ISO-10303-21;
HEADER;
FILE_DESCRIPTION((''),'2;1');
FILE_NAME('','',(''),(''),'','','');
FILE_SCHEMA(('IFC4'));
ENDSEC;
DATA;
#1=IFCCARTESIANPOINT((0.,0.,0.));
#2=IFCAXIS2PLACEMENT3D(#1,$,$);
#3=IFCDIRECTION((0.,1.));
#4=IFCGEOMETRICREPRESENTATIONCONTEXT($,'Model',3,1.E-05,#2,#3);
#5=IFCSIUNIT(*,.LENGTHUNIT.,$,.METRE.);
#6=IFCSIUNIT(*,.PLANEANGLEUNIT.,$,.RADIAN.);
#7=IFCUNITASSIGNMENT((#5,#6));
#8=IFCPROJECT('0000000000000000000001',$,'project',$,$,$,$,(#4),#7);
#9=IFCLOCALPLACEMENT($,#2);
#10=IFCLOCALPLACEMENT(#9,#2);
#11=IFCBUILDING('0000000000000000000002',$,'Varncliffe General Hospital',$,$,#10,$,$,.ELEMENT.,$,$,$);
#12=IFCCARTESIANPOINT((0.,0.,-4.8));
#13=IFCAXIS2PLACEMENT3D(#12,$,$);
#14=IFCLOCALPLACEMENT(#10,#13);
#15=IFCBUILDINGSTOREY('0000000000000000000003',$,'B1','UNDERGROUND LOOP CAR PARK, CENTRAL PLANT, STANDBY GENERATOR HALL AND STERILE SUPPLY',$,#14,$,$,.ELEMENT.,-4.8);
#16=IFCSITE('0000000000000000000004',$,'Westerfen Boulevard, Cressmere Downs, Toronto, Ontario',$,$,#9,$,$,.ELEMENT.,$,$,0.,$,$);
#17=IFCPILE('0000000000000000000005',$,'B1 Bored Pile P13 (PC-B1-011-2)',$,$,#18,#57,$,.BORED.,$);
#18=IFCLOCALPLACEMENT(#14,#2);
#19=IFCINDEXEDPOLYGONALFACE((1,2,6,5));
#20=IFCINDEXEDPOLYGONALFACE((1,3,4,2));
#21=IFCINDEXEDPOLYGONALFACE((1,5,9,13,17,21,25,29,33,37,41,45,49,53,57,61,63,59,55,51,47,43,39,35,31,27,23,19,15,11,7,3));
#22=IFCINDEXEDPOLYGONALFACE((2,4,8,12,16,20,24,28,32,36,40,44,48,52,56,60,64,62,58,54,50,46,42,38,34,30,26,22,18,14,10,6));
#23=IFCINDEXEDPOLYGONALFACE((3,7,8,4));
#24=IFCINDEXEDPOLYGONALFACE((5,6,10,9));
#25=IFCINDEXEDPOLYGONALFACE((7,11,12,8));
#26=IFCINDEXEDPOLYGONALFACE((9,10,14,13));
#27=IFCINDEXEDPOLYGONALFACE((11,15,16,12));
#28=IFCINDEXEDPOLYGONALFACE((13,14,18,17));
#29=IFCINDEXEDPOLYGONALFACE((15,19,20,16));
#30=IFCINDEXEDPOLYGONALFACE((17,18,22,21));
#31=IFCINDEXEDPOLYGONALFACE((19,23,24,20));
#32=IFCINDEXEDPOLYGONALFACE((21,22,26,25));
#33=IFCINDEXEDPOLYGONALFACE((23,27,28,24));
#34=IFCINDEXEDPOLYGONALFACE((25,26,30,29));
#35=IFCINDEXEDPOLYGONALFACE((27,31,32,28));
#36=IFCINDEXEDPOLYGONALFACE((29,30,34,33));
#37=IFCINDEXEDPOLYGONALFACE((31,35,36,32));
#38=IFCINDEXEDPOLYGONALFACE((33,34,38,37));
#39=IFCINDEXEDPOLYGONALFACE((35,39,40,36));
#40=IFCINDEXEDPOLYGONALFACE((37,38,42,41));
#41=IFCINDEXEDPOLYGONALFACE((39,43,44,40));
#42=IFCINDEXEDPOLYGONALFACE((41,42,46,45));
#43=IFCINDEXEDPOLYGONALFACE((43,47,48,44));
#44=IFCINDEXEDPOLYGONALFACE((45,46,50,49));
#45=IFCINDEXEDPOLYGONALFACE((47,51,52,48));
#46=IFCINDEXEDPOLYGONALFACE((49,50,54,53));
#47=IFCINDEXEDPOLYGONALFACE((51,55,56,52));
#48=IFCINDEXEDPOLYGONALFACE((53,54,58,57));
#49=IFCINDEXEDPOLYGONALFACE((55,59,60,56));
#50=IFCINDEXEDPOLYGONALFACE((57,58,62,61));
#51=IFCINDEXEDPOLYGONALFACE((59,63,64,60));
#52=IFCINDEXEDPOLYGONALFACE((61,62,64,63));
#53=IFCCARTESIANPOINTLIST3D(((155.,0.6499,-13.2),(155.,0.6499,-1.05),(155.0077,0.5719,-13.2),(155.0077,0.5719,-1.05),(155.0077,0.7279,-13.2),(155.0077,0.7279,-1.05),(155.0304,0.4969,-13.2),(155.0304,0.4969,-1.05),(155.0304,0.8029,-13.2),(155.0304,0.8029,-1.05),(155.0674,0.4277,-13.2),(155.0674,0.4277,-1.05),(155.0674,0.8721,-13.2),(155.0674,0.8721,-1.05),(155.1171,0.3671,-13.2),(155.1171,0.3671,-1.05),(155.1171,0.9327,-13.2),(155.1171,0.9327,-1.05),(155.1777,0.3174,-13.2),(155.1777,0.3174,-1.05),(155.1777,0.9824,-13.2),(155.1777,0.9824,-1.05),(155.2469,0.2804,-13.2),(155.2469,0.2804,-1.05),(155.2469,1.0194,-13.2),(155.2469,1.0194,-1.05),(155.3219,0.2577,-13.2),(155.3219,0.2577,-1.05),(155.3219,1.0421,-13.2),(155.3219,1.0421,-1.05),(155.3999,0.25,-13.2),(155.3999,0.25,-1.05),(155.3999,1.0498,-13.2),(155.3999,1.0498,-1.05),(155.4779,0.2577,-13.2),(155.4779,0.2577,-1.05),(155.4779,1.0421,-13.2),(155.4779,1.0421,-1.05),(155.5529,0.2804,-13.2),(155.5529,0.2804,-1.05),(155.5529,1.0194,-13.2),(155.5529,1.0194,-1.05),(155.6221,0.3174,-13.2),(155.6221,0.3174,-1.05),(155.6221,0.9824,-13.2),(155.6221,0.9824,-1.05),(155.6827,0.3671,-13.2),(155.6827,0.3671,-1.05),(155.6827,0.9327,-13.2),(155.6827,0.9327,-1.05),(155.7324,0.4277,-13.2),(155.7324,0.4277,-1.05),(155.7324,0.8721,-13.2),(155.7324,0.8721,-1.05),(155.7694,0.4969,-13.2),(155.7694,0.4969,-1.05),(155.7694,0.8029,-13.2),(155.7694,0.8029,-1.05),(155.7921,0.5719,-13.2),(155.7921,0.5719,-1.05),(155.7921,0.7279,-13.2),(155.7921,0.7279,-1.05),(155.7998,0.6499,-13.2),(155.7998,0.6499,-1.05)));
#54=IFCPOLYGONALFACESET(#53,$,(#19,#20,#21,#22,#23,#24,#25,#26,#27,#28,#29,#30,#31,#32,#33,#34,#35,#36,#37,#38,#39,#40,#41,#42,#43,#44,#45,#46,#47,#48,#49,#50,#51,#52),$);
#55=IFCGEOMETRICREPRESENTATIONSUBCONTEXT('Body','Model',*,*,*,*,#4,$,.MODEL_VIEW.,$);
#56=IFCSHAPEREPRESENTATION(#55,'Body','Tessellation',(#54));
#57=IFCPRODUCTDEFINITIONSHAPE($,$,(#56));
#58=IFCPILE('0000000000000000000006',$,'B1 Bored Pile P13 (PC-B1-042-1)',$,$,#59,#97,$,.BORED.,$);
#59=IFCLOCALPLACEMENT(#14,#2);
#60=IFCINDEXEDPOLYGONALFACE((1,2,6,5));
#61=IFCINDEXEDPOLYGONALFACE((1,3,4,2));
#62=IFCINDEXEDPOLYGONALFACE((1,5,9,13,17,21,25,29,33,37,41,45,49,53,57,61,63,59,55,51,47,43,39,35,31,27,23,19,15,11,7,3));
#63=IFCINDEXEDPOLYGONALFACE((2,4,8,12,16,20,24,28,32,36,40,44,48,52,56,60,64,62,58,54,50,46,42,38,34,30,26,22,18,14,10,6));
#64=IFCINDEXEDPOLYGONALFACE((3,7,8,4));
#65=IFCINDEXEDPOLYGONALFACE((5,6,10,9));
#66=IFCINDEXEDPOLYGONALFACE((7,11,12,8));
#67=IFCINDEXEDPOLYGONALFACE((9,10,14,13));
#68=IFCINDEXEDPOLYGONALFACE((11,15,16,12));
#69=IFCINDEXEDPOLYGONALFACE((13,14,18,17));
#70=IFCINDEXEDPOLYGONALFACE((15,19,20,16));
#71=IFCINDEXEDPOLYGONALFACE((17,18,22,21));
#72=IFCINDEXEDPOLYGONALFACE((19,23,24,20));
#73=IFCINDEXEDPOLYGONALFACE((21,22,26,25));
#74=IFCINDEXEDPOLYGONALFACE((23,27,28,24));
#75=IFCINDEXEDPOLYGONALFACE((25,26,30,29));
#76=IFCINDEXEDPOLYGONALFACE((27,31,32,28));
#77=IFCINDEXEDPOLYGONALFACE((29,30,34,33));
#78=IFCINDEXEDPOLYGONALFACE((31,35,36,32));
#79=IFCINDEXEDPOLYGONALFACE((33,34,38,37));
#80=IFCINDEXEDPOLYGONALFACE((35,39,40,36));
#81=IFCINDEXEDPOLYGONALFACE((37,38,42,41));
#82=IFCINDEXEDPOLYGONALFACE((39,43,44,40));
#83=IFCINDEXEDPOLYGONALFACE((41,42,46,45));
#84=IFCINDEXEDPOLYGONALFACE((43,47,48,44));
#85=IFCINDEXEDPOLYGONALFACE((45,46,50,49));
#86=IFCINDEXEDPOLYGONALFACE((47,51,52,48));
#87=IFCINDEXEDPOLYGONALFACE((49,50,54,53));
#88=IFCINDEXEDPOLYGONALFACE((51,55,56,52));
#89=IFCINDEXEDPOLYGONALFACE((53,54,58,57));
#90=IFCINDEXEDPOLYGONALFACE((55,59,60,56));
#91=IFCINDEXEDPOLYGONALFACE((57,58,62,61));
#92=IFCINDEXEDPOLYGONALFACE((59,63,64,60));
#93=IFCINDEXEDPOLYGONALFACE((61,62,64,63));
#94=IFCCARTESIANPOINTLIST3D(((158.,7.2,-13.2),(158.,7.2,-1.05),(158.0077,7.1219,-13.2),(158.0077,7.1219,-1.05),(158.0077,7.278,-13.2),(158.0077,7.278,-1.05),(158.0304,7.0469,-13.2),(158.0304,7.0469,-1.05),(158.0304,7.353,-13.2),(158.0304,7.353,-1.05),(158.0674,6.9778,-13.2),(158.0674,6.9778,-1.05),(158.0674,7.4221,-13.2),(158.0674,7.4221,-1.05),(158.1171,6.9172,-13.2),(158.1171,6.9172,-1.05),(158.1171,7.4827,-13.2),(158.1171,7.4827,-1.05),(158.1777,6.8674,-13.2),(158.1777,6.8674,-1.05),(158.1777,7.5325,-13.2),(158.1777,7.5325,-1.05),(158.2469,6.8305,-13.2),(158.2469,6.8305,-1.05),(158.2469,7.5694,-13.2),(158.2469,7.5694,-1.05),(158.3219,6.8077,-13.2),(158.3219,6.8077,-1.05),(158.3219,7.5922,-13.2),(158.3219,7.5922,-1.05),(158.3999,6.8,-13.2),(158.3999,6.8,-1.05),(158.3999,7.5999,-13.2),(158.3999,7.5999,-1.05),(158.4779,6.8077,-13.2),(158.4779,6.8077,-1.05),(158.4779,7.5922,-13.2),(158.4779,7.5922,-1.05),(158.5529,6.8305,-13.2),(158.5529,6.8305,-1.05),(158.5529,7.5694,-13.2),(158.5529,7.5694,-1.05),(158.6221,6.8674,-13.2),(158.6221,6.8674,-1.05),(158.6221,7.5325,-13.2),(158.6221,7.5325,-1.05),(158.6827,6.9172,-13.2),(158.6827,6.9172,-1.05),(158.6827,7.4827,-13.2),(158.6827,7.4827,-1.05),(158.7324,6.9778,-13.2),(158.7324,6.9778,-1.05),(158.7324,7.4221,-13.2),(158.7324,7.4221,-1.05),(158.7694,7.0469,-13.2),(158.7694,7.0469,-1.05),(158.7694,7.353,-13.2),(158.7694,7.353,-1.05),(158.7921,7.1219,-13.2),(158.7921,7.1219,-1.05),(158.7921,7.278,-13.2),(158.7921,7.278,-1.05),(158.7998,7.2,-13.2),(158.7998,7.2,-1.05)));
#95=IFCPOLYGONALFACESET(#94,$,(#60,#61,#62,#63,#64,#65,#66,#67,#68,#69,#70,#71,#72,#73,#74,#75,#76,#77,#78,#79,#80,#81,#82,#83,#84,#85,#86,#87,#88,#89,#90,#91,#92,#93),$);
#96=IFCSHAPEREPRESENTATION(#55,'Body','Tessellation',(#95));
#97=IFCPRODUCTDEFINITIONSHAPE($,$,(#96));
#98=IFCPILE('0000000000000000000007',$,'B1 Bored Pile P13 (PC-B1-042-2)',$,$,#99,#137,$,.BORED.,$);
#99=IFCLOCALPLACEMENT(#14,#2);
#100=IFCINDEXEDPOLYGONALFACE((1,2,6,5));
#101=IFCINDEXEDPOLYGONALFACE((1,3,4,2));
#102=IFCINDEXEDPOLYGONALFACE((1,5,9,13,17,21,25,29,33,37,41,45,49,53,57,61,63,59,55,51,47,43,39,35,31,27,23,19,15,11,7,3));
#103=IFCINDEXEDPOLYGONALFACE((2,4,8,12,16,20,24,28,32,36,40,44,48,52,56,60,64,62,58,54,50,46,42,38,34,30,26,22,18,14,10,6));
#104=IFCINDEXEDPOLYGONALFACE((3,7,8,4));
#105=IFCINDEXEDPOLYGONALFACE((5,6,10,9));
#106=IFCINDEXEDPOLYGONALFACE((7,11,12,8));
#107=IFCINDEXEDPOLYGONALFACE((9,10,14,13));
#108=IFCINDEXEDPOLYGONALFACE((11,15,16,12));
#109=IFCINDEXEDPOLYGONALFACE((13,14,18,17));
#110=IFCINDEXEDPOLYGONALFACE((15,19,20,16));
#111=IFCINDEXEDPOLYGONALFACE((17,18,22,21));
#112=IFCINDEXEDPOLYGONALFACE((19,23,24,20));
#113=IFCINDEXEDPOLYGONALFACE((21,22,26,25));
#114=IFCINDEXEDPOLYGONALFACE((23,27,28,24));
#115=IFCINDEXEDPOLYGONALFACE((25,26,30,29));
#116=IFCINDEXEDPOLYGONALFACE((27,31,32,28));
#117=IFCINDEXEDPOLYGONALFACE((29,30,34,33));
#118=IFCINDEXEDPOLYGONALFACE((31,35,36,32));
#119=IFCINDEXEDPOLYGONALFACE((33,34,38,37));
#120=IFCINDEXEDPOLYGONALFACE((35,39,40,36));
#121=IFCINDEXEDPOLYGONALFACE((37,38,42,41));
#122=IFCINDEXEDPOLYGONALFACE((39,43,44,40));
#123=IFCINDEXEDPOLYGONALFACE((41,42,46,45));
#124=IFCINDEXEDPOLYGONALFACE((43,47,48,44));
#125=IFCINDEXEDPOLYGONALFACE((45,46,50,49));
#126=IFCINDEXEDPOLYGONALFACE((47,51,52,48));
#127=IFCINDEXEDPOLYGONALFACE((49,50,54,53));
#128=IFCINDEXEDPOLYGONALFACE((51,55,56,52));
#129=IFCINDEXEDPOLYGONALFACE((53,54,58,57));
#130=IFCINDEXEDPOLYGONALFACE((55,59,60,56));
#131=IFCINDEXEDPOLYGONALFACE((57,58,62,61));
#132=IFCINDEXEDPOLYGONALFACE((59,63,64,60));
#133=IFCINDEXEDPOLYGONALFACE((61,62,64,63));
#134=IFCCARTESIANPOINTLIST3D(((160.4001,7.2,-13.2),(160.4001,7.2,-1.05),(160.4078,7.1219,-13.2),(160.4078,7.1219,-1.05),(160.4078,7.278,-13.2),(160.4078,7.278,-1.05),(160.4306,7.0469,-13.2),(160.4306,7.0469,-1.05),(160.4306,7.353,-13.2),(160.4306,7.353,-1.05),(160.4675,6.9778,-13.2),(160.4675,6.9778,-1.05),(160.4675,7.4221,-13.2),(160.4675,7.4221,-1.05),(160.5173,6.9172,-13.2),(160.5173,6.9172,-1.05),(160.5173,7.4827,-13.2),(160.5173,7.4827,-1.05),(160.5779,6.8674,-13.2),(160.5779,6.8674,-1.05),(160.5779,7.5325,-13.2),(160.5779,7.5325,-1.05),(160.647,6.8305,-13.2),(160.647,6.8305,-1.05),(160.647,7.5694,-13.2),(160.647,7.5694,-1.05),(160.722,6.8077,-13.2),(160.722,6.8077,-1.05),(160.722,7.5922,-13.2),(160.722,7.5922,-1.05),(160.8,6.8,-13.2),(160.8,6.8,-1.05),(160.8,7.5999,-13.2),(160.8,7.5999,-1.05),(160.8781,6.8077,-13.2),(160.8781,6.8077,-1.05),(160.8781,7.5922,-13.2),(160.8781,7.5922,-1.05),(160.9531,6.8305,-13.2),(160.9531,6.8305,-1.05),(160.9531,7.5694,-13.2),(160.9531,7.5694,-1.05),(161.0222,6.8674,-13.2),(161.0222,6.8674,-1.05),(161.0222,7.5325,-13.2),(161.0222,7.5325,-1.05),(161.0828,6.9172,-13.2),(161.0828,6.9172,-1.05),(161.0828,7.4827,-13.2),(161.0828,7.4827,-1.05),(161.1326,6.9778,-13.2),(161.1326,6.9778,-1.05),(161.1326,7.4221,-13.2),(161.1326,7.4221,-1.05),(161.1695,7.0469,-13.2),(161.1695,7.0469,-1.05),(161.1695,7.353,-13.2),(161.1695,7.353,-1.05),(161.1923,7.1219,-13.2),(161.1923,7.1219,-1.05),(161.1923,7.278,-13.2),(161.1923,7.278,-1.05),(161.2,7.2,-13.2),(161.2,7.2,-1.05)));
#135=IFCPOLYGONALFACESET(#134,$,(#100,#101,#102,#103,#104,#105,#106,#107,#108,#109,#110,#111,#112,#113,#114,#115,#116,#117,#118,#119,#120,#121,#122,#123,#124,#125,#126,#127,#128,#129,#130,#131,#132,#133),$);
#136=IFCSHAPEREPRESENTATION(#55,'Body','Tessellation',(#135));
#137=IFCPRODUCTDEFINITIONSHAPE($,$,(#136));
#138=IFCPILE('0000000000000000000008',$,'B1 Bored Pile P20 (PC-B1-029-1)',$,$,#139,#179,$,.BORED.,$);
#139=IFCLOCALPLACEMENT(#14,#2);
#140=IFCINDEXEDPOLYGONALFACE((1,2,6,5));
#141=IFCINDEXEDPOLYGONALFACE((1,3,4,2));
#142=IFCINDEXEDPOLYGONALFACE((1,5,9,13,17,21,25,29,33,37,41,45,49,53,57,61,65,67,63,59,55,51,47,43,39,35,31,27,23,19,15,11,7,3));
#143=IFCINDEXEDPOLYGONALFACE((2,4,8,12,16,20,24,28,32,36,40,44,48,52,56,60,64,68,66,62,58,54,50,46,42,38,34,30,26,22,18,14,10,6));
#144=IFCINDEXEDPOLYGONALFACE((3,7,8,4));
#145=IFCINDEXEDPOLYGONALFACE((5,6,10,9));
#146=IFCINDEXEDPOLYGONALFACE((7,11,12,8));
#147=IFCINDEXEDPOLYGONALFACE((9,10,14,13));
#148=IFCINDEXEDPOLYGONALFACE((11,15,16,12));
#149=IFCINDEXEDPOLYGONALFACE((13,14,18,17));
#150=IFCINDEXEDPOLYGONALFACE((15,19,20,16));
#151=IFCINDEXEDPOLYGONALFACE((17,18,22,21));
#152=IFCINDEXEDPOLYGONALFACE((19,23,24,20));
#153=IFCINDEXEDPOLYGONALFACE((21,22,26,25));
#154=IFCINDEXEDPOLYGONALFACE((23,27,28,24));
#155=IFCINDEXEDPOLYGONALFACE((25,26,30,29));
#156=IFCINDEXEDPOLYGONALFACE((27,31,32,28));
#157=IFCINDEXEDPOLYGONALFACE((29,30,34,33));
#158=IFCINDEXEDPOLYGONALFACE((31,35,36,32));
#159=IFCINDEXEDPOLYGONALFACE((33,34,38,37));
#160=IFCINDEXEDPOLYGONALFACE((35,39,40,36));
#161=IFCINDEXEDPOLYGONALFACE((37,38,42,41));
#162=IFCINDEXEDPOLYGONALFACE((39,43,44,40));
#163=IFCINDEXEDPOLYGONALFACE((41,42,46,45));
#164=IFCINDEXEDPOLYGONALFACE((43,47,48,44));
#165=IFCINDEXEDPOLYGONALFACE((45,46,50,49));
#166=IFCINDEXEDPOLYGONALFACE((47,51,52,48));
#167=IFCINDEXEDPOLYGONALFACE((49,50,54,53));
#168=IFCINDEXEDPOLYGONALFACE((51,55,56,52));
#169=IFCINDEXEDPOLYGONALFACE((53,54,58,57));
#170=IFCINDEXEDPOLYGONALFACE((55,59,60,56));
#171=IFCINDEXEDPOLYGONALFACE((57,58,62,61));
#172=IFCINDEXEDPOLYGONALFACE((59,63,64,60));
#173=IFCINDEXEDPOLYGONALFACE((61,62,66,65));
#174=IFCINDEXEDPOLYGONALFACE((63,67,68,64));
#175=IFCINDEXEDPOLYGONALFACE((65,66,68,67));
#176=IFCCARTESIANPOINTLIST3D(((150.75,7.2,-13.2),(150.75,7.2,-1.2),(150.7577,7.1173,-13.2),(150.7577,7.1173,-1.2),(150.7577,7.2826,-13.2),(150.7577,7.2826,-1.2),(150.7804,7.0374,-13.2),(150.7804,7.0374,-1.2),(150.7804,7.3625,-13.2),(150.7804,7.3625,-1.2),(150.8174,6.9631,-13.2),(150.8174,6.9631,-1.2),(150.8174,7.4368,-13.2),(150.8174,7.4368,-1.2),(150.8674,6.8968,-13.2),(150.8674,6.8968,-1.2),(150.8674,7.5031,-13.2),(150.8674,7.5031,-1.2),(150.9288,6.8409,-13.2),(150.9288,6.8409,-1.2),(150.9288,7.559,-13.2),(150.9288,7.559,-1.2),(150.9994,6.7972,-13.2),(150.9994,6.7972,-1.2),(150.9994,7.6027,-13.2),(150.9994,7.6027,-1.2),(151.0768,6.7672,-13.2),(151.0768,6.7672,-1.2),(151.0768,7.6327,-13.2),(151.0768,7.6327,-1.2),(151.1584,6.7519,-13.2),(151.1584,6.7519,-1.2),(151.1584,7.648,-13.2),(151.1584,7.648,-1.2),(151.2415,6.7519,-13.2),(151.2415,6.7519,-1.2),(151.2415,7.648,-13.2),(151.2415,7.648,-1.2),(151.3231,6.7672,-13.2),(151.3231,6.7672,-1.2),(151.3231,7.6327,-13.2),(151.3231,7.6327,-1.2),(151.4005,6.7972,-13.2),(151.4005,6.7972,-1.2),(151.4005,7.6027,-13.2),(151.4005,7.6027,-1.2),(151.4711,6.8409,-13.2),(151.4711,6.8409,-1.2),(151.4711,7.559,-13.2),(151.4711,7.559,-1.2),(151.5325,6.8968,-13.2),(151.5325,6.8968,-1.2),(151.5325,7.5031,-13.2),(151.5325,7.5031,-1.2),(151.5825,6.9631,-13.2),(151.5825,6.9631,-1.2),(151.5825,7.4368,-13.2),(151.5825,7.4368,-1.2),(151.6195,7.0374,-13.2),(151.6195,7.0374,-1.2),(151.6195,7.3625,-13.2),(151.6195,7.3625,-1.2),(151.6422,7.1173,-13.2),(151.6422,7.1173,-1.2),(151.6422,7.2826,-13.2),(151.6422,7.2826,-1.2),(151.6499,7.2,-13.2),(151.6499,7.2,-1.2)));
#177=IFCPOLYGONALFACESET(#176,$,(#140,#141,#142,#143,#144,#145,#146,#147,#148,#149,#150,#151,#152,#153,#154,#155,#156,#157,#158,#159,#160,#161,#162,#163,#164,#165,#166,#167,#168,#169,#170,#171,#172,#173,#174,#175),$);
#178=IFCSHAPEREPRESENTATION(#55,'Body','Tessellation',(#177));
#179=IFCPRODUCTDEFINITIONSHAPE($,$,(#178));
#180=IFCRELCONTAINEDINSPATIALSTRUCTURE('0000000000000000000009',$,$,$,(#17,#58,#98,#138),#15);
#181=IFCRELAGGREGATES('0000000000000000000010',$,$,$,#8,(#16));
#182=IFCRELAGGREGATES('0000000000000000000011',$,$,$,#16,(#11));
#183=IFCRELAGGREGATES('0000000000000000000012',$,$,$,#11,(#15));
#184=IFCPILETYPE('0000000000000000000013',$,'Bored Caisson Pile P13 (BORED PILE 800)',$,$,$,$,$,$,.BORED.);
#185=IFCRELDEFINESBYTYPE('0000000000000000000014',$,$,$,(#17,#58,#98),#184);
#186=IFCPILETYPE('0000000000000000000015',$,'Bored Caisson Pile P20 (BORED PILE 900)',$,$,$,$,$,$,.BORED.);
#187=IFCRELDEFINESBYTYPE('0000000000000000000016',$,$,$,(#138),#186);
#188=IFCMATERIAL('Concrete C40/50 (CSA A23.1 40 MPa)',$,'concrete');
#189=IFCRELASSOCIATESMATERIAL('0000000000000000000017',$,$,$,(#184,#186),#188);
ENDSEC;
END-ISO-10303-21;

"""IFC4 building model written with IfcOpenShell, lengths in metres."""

from ifc_helpers import new_model, si_unit, direction, frame, origin, origin_2d, place, context, subcontext, project, spatial, circle, extrude, material, material_profile, profile_set, type_object, element, save


model = new_model("IFC4")

# Units and contexts
model_context = context("Model", 3, precision=1e-05, world=origin(), true_north=direction((0.0, 1.0)))
body_context = subcontext(model_context, "Body", "Model", "MODEL_VIEW")
ifc_project = project(units=[si_unit("LENGTHUNIT", "METRE"), si_unit("PLANEANGLEUNIT", "RADIAN")], contexts=[model_context])

# Site, building, storey
site_placement = place(None, origin())
site = spatial("IfcSite", under=ifc_project, at=site_placement, Name="Westerfen Boulevard, Cressmere Downs, Toronto, Ontario", CompositionType="ELEMENT", RefElevation=0.0)
building_placement = place(site_placement, origin())
building = spatial("IfcBuilding", under=site, at=building_placement, Name="Varncliffe General Hospital", CompositionType="ELEMENT")
storey_placement = place(building_placement, frame((0.0, 0.0, -4.8)))
storey = spatial("IfcBuildingStorey", under=building, at=storey_placement, Name="B1", Description="UNDERGROUND LOOP CAR PARK, CENTRAL PLANT, STANDBY GENERATOR HALL AND STERILE SUPPLY", CompositionType="ELEMENT", Elevation=-4.8)

# Piles
ifc_material_1 = material(Name="Concrete C40/50 (CSA A23.1 40 MPa)", Category="concrete")
ifc_material_profile_1 = material_profile(ifc_material_1, circle(Radius=0.3999, at=origin_2d()), Name="BORED PILE 800")
ifc_profile_set_1 = profile_set([ifc_material_profile_1], Name="Concrete C40/50 (CSA A23.1 40 MPa)")
pile_type_1 = type_object("IfcPileType", Name="Bored Caisson Pile P13 (BORED PILE 800)", PredefinedType="BORED", material=ifc_profile_set_1)
for number, where, z_axis, x_axis, name in (
    (1, (155.3999, 0.6499, -1.05), (0.0, 0.0, -1.0), (1.0, 0.0, 0.0), "B1 Bored Pile P13 (PC-B1-011-2)"),
    (2, (158.3999, 7.2, -1.05), (0.0, 0.0, -1.0), (1.0, 0.0, 0.0), "B1 Bored Pile P13 (PC-B1-042-1)"),
    (3, (160.8, 7.2, -1.05), (0.0, 0.0, -1.0), (1.0, 0.0, 0.0), "B1 Bored Pile P13 (PC-B1-042-2)"),
):
    element("IfcPile", number, at=place(storey_placement, frame(where, z_axis=z_axis, x_axis=x_axis)), inside=storey, type_object=pile_type_1, Name=name, PredefinedType="BORED", context=body_context, shape_type="SweptSolid", body=[
        extrude(circle(Radius=0.3999, at=origin_2d()), origin(), (0.0, 0.0, 1.0), 12.1499),
    ])
ifc_material_profile_2 = material_profile(ifc_material_1, circle(Radius=0.45, at=origin_2d()), Name="BORED PILE 900")
ifc_profile_set_2 = profile_set([ifc_material_profile_2], Name="Concrete C40/50 (CSA A23.1 40 MPa)")
pile_type_2 = type_object("IfcPileType", Name="Bored Caisson Pile P20 (BORED PILE 900)", PredefinedType="BORED", material=ifc_profile_set_2)
for number, where, z_axis, x_axis, name in (
    (4, (151.2, 7.2, -1.2), (0.0, 0.0, -1.0), (1.0, 0.0, 0.0), "B1 Bored Pile P20 (PC-B1-029-1)"),
):
    element("IfcPile", number, at=place(storey_placement, frame(where, z_axis=z_axis, x_axis=x_axis)), inside=storey, type_object=pile_type_2, Name=name, PredefinedType="BORED", context=body_context, shape_type="SweptSolid", body=[
        extrude(circle(Radius=0.45, at=origin_2d()), origin(), (0.0, 0.0, 1.0), 12.0),
    ])

save(model, "model.ifc")
